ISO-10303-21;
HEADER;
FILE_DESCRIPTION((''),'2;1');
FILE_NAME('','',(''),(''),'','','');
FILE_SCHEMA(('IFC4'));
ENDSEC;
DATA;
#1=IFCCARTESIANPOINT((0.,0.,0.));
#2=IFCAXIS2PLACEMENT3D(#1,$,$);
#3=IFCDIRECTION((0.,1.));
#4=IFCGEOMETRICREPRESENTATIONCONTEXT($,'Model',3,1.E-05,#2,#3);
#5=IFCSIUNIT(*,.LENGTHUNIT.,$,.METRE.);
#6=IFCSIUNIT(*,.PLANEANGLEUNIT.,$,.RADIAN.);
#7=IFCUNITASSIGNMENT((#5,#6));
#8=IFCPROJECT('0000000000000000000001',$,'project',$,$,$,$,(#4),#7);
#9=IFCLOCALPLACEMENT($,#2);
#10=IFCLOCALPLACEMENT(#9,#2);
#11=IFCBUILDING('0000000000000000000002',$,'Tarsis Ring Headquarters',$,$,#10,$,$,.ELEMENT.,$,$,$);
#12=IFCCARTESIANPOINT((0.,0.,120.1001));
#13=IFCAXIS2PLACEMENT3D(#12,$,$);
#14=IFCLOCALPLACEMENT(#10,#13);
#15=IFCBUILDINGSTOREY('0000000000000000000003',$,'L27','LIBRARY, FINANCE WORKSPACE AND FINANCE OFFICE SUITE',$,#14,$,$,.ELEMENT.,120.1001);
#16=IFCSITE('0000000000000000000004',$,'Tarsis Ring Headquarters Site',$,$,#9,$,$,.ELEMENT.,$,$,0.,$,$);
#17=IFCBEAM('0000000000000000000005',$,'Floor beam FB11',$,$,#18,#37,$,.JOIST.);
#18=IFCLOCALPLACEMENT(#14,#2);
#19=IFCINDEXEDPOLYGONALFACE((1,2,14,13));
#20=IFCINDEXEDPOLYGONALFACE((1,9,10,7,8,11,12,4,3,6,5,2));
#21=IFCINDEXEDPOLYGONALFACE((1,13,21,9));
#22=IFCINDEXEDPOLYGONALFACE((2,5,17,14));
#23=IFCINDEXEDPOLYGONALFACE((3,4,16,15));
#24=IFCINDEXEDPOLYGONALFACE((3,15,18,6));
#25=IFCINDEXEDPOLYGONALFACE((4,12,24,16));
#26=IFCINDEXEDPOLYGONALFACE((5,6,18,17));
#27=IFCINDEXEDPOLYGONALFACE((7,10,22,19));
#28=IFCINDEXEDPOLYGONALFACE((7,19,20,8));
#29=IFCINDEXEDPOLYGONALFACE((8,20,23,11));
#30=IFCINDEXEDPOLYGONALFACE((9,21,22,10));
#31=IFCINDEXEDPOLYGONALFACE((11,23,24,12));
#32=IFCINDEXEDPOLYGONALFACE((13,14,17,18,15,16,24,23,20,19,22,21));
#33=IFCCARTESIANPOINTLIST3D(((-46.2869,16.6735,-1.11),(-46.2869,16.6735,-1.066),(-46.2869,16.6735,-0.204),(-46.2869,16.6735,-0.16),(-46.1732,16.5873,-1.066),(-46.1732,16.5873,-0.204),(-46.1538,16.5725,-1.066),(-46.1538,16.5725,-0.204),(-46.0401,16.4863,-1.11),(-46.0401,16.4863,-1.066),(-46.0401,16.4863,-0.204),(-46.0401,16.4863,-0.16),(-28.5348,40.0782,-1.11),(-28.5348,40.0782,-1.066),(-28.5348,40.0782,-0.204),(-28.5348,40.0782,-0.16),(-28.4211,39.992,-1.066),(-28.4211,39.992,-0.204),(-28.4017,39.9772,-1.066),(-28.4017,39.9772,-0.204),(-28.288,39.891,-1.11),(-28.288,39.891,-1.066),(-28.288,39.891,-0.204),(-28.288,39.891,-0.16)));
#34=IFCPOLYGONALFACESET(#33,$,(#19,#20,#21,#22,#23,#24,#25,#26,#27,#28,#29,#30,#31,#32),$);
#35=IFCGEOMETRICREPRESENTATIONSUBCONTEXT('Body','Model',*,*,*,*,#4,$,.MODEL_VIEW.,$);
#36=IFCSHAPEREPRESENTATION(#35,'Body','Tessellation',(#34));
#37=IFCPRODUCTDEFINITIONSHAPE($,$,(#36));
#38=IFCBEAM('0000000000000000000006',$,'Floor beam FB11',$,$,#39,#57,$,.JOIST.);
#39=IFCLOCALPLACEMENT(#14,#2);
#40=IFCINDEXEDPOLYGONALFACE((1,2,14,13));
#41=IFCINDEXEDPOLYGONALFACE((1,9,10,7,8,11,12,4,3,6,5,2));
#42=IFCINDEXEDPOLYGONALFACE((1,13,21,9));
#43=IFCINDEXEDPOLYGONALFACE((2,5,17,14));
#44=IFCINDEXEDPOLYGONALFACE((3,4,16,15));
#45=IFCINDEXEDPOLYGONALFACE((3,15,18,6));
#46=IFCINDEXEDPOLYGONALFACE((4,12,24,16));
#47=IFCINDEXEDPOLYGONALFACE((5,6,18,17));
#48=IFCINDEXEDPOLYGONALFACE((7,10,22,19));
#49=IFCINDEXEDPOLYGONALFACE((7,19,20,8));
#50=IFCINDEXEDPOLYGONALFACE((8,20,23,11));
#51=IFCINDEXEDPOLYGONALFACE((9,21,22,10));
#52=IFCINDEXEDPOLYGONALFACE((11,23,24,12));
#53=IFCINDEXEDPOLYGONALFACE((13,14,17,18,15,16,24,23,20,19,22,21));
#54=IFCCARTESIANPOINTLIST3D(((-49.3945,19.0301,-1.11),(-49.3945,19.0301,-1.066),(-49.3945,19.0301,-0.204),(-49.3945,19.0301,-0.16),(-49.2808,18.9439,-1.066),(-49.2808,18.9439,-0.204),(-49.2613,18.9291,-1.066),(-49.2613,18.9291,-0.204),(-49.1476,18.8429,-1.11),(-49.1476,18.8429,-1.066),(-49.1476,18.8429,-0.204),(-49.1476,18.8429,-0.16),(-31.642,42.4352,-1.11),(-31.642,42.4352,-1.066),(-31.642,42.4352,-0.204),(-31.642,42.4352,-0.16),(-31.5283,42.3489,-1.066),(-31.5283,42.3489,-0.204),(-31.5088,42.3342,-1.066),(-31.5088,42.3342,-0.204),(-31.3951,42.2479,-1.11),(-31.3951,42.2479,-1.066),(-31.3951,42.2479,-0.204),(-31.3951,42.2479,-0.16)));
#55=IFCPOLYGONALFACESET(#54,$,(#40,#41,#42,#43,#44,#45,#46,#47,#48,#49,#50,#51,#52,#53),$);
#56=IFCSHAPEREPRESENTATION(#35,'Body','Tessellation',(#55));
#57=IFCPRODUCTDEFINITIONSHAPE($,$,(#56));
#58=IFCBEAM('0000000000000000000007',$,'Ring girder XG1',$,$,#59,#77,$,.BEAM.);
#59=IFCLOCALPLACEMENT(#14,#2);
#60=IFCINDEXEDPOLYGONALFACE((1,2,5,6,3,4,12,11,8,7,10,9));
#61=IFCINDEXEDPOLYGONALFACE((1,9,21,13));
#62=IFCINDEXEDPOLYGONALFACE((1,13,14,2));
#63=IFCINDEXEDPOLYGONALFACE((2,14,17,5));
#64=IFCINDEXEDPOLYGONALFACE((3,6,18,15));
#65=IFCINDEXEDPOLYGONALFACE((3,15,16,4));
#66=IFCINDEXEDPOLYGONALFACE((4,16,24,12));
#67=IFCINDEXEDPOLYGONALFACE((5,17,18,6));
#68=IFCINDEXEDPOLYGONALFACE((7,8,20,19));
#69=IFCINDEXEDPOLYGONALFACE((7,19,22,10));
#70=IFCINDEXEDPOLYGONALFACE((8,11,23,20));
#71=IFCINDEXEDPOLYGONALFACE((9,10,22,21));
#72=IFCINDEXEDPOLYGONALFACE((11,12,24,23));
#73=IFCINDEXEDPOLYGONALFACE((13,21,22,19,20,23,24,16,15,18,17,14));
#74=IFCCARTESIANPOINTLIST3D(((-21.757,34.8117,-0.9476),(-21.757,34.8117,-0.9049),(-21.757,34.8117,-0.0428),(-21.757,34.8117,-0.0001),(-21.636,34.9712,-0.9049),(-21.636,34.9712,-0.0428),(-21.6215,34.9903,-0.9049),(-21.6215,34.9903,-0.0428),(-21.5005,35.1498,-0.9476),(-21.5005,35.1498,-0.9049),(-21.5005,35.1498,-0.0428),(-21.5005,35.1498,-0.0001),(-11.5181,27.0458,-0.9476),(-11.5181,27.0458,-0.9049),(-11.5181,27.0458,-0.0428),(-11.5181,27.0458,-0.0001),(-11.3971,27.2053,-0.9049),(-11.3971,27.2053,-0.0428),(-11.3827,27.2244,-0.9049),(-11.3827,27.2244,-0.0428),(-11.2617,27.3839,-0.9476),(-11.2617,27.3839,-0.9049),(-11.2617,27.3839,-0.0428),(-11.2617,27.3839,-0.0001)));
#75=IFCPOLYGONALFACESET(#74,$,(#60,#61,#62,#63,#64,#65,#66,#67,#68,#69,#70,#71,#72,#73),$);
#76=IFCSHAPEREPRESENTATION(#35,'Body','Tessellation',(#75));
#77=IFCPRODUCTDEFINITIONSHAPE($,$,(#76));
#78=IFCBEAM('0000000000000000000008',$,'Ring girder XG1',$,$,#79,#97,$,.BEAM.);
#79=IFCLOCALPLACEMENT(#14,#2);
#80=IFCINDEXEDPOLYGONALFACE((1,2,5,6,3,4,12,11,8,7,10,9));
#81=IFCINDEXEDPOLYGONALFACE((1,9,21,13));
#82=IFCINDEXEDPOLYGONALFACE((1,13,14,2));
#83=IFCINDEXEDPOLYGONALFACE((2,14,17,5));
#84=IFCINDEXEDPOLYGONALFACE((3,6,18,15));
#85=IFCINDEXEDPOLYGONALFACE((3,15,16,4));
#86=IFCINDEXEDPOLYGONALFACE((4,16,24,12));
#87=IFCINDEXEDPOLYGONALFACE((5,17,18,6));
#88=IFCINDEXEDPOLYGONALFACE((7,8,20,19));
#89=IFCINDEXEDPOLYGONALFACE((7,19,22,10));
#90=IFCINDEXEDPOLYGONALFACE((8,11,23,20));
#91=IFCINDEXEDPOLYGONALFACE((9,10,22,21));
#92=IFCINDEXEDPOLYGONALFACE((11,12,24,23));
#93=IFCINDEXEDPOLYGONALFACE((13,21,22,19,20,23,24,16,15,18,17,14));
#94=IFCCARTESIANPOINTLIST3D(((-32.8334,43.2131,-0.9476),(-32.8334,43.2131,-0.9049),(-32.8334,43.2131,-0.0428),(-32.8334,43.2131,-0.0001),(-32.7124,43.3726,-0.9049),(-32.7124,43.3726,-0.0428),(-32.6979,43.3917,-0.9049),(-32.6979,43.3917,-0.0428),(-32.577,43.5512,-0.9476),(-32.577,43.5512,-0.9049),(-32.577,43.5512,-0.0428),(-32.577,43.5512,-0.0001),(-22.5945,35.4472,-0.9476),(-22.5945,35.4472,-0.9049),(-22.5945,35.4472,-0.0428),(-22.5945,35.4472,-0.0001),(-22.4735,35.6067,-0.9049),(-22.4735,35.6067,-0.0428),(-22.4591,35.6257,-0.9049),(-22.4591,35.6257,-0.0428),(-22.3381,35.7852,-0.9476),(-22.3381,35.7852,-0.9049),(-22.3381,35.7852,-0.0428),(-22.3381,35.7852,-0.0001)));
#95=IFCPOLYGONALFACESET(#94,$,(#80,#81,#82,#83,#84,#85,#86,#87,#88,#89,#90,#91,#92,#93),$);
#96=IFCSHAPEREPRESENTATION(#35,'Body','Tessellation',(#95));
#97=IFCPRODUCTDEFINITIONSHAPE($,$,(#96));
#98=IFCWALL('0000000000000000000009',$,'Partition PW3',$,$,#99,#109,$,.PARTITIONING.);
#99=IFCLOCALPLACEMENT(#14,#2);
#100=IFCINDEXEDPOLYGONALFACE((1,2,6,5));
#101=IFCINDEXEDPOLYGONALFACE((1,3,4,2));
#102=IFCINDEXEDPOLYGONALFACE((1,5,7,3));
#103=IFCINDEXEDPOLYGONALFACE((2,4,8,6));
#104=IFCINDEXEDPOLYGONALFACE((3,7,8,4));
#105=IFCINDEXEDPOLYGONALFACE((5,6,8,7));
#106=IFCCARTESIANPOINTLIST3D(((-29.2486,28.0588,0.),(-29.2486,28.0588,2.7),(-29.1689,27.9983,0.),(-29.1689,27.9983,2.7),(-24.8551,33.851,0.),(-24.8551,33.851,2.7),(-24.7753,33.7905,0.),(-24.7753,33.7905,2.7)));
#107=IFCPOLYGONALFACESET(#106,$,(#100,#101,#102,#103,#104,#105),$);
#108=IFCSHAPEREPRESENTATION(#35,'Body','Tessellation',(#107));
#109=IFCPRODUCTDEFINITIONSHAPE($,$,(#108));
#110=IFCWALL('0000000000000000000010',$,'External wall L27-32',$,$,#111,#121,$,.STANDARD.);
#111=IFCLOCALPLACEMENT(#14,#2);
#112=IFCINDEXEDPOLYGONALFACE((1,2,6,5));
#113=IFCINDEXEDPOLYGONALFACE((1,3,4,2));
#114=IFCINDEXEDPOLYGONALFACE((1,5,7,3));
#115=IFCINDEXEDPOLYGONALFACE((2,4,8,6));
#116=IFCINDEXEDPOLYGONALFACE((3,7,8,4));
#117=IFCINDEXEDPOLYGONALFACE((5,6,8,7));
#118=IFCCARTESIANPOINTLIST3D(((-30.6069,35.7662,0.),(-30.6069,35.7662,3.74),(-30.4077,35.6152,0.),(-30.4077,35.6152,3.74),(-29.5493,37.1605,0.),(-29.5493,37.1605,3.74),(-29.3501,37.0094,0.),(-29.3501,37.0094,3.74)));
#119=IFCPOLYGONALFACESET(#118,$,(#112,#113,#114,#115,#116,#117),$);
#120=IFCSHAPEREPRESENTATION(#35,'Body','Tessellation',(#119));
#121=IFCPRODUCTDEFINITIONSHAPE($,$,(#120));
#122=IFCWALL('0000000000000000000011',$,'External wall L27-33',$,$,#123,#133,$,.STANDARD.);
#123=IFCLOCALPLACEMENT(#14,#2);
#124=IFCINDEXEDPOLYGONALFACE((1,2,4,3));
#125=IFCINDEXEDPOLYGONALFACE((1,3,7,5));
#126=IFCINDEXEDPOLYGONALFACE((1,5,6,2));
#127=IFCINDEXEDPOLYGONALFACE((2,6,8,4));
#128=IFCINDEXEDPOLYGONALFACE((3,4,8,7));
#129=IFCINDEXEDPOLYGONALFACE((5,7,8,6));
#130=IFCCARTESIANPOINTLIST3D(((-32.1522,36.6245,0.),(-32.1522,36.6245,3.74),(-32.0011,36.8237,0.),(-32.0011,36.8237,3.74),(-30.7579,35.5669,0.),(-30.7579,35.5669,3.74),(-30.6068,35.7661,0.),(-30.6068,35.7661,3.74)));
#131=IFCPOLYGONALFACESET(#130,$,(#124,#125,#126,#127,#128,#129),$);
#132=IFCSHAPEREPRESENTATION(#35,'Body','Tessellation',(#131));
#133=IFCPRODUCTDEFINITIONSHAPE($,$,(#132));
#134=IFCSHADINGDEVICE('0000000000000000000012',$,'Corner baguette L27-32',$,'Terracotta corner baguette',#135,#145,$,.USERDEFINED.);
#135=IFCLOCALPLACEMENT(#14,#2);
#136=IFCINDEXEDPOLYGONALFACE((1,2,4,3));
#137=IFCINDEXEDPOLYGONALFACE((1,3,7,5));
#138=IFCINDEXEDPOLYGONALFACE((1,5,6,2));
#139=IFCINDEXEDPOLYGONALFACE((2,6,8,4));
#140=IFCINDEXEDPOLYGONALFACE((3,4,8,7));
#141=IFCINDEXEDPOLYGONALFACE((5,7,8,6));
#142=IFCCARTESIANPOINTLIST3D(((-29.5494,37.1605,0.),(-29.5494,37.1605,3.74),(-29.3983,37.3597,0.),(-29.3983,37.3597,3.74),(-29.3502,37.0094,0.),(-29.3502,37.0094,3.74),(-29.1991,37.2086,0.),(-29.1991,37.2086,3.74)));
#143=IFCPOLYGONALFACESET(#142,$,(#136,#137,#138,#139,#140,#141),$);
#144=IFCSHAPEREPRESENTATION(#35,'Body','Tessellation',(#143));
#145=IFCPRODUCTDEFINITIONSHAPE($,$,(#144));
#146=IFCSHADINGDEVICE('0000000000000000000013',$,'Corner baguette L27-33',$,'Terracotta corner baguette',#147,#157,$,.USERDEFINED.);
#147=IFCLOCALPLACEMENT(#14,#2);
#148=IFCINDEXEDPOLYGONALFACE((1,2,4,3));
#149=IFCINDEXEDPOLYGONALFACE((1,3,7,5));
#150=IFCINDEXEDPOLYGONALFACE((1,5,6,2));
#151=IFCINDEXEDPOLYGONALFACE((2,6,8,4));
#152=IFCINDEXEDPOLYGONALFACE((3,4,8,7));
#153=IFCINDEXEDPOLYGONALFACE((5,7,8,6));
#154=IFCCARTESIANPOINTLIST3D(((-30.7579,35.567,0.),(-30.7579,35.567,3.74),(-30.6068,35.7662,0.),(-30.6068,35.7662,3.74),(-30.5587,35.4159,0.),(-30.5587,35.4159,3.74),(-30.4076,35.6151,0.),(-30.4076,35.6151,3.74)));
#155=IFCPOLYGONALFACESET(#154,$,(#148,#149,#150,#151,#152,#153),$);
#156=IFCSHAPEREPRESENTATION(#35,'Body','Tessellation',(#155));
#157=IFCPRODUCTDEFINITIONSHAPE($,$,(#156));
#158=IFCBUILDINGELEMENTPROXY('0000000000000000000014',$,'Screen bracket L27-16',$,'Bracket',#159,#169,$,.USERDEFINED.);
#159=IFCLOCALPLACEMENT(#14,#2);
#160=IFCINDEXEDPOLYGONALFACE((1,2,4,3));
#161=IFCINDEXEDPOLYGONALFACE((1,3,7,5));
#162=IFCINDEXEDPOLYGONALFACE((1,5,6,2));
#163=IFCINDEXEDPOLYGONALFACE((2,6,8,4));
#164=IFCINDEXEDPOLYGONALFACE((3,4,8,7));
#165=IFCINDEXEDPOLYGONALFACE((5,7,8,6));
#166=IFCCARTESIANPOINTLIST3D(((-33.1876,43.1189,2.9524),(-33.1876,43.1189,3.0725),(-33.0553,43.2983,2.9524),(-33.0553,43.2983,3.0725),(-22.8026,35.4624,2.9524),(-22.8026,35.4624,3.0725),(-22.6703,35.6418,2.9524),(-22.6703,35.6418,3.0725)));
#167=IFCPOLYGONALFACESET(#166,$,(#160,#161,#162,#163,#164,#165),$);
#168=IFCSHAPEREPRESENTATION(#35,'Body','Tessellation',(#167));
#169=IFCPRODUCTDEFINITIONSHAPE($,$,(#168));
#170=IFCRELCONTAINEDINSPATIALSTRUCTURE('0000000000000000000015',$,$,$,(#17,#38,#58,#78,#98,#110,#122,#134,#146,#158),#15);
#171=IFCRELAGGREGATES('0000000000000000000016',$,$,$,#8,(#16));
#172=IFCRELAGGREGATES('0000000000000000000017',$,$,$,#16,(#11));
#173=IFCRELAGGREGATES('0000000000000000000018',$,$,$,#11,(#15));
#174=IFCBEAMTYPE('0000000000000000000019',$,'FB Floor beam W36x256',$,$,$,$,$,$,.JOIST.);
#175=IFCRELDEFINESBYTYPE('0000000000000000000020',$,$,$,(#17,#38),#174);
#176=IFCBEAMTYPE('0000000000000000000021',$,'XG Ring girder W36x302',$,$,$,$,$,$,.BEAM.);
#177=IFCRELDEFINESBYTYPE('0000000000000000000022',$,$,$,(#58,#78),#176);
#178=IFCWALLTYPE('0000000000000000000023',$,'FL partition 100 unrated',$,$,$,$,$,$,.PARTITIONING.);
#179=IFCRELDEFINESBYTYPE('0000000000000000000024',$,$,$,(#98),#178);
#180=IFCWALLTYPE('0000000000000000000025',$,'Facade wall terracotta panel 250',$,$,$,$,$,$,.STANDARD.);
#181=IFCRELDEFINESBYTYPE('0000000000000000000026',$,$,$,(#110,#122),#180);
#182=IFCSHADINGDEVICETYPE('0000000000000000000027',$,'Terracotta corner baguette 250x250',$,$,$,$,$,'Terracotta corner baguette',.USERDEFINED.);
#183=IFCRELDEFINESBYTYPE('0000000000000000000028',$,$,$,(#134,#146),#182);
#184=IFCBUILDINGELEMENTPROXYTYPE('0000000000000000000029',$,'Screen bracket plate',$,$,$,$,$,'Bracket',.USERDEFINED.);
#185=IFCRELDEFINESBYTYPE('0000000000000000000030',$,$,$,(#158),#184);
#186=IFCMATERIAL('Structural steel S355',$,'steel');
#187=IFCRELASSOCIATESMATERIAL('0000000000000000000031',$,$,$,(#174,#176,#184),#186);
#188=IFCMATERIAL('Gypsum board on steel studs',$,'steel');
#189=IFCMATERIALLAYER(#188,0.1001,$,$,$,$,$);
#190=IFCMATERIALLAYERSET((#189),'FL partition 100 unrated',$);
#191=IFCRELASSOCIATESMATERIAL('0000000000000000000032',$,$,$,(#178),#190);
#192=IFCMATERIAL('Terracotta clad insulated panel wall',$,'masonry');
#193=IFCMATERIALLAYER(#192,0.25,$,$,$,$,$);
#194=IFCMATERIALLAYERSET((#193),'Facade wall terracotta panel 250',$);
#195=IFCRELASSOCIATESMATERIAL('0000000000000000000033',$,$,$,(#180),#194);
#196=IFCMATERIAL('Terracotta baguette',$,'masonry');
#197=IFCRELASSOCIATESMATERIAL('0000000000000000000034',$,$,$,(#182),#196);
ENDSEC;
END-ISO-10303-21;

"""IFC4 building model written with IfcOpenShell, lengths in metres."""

from ifc_helpers import new_model, si_unit, direction, frame, frame_2d, origin, origin_2d, place, context, subcontext, project, spatial, rectangle, i_section, extrude, material, layer, layer_set, material_profile, profile_set, type_object, element, save


model = new_model("IFC4")

# Units and contexts
model_context = context("Model", 3, precision=1e-05, world=origin(), true_north=direction((0.0, 1.0)))
body_context = subcontext(model_context, "Body", "Model", "MODEL_VIEW")
ifc_project = project(units=[si_unit("LENGTHUNIT", "METRE"), si_unit("PLANEANGLEUNIT", "RADIAN")], contexts=[model_context])

# Site, building, storey
site_placement = place(None, origin())
site = spatial("IfcSite", under=ifc_project, at=site_placement, Name="Tarsis Ring Headquarters Site", CompositionType="ELEMENT", RefElevation=0.0)
building_placement = place(site_placement, origin())
building = spatial("IfcBuilding", under=site, at=building_placement, Name="Tarsis Ring Headquarters", CompositionType="ELEMENT")
storey_placement = place(building_placement, frame((0.0, 0.0, 120.1001)))
storey = spatial("IfcBuildingStorey", under=building, at=storey_placement, Name="L27", Description="LIBRARY, FINANCE WORKSPACE AND FINANCE OFFICE SUITE", CompositionType="ELEMENT", Elevation=120.1001)

# Shared definitions
ifc_material_1 = material(Name="Structural steel S355", Category="steel")

# Beams
ifc_material_profile_1 = material_profile(ifc_material_1, i_section(OverallWidth=0.3098, OverallDepth=0.95, WebThickness=0.0244, FlangeThickness=0.0439, at=origin_2d()), Name="W36x256")
ifc_profile_set_1 = profile_set([ifc_material_profile_1], Name="Structural steel S355")
beam_type_1 = type_object("IfcBeamType", Name="FB Floor beam W36x256", PredefinedType="JOIST", material=ifc_profile_set_1)
beam_1_placement = place(storey_placement, frame((-28.4114, 39.9846, -0.635), z_axis=(-0.604318, -0.796743, 0.0), x_axis=(0.796743, -0.604318, 0.0)))
element("IfcBeam", 1, at=beam_1_placement, inside=storey, type_object=beam_type_1, Name="Floor beam FB11", PredefinedType="JOIST", context=body_context, shape_type="SweptSolid", body=[
    extrude(i_section(OverallWidth=0.3098, OverallDepth=0.95, WebThickness=0.0244, FlangeThickness=0.0439, at=origin_2d()), origin(), (0.0, 0.0, 1.0), 29.3755),
])
beam_2_placement = place(storey_placement, frame((-31.5186, 42.3416, -0.635), z_axis=(-0.60432, -0.796742, 0.0), x_axis=(0.796742, -0.60432, 0.0)))
element("IfcBeam", 2, at=beam_2_placement, inside=storey, type_object=beam_type_1, Name="Floor beam FB11", PredefinedType="JOIST", context=body_context, shape_type="SweptSolid", body=[
    extrude(i_section(OverallWidth=0.3098, OverallDepth=0.95, WebThickness=0.0244, FlangeThickness=0.0439, at=origin_2d()), origin(), (0.0, 0.0, 1.0), 29.376),
])
ifc_material_profile_2 = material_profile(ifc_material_1, i_section(OverallWidth=0.4243, OverallDepth=0.9475, WebThickness=0.0239, FlangeThickness=0.0427, at=origin_2d()), Name="W36x302")
ifc_profile_set_2 = profile_set([ifc_material_profile_2], Name="Structural steel S355")
beam_type_2 = type_object("IfcBeamType", Name="XG Ring girder W36x302", PredefinedType="BEAM", material=ifc_profile_set_2)
for number, where, z_axis, x_axis, name in (
    (3, (-11.3899, 27.2148, -0.4739), (-0.796746, 0.604314, 0.0), (-0.604314, -0.796746, 0.0), "Ring girder XG1"),
    (4, (-22.4663, 35.6162, -0.4739), (-0.796746, 0.604314, 0.0), (-0.604314, -0.796746, 0.0), "Ring girder XG1"),
):
    element("IfcBeam", number, at=place(storey_placement, frame(where, z_axis=z_axis, x_axis=x_axis)), inside=storey, type_object=beam_type_2, Name=name, PredefinedType="BEAM", context=body_context, shape_type="SweptSolid", body=[
        extrude(i_section(OverallWidth=0.4243, OverallDepth=0.9475, WebThickness=0.0239, FlangeThickness=0.0427, at=origin_2d()), origin(), (0.0, 0.0, 1.0), 12.8508),
    ])

# Walls
ifc_material_2 = material(Name="Gypsum board on steel studs", Category="steel")
ifc_layer_1 = layer(ifc_material_2, 0.1001)
ifc_layer_set_1 = layer_set([ifc_layer_1], Name="FL partition 100 unrated")
wall_type_1 = type_object("IfcWallType", Name="FL partition 100 unrated", PredefinedType="PARTITIONING", material=ifc_layer_set_1)
wall_placement = place(storey_placement, frame((-29.2087, 28.0286, 0.0), z_axis=(0.0, 0.0, 1.0), x_axis=(0.604338, 0.796728, 0.0)))
element("IfcWall", 5, at=wall_placement, inside=storey, type_object=wall_type_1, Name="Partition PW3", PredefinedType="PARTITIONING", context=body_context, shape_type="SweptSolid", body=[
    extrude(rectangle(XDim=7.27, YDim=0.1001, at=frame_2d((3.635, 0.0))), origin(), (0.0, 0.0, 1.0), 2.7),
])
ifc_material_3 = material(Name="Terracotta clad insulated panel wall", Category="masonry")
ifc_layer_2 = layer(ifc_material_3, 0.25)
ifc_layer_set_2 = layer_set([ifc_layer_2], Name="Facade wall terracotta panel 250")
wall_type_2 = type_object("IfcWallType", Name="Facade wall terracotta panel 250", PredefinedType="STANDARD", material=ifc_layer_set_2)
for number, where, z_axis, x_axis, name in (
    (6, (-29.4497, 37.085, 0.0), (0.0, 0.0, 1.0), (-0.604344, -0.796724, 0.0), "External wall L27-32"),
    (7, (-30.6824, 35.6665, 0.0), (0.0, 0.0, 1.0), (-0.796724, 0.604344, 0.0), "External wall L27-33"),
):
    element("IfcWall", number, at=place(storey_placement, frame(where, z_axis=z_axis, x_axis=x_axis)), inside=storey, type_object=wall_type_2, Name=name, PredefinedType="STANDARD", context=body_context, shape_type="SweptSolid", body=[
        extrude(rectangle(XDim=1.75, YDim=0.25, at=frame_2d((0.875, 0.0))), origin(), (0.0, 0.0, 1.0), 3.74),
    ])

# Shading devices
ifc_material_4 = material(Name="Terracotta baguette", Category="masonry")
shading_device_type_1 = type_object("IfcShadingDeviceType", Name="Terracotta corner baguette 250x250", ElementType="Terracotta corner baguette", PredefinedType="USERDEFINED", material=ifc_material_4)
for number, where, z_axis, x_axis, name in (
    (8, (-29.3743, 37.1846, 0.0), (0.0, 0.0, 1.0), (-0.796741, 0.604321, 0.0), "Corner baguette L27-32"),
    (9, (-30.5828, 35.5911, 0.0), (0.0, 0.0, 1.0), (-0.604321, -0.796741, 0.0), "Corner baguette L27-33"),
):
    element("IfcShadingDevice", number, at=place(storey_placement, frame(where, z_axis=z_axis, x_axis=x_axis)), inside=storey, type_object=shading_device_type_1, Name=name, ObjectType="Terracotta corner baguette", PredefinedType="USERDEFINED", context=body_context, shape_type="SweptSolid", body=[
        extrude(rectangle(XDim=0.25, YDim=0.25, at=origin_2d()), origin(), (0.0, 0.0, 1.0), 3.74),
    ])

# Building element proxy
building_element_proxy_type = type_object("IfcBuildingElementProxyType", Name="Screen bracket plate", ElementType="Bracket", PredefinedType="USERDEFINED", material=ifc_material_1)
proxy_placement = place(storey_placement, frame((-27.929, 39.3804, 2.9524), z_axis=(0.0, 0.0, 1.0), x_axis=(-0.804894, 0.593419, 0.0)))
element("IfcBuildingElementProxy", 10, at=proxy_placement, inside=storey, type_object=building_element_proxy_type, Name="Screen bracket L27-16", ObjectType="Bracket", PredefinedType="USERDEFINED", context=body_context, shape_type="SweptSolid", body=[
    extrude(rectangle(XDim=12.9023, YDim=0.2229, at=origin_2d()), origin(), (0.0, 0.0, 1.0), 0.1201),
])

save(model, "model.ifc")
